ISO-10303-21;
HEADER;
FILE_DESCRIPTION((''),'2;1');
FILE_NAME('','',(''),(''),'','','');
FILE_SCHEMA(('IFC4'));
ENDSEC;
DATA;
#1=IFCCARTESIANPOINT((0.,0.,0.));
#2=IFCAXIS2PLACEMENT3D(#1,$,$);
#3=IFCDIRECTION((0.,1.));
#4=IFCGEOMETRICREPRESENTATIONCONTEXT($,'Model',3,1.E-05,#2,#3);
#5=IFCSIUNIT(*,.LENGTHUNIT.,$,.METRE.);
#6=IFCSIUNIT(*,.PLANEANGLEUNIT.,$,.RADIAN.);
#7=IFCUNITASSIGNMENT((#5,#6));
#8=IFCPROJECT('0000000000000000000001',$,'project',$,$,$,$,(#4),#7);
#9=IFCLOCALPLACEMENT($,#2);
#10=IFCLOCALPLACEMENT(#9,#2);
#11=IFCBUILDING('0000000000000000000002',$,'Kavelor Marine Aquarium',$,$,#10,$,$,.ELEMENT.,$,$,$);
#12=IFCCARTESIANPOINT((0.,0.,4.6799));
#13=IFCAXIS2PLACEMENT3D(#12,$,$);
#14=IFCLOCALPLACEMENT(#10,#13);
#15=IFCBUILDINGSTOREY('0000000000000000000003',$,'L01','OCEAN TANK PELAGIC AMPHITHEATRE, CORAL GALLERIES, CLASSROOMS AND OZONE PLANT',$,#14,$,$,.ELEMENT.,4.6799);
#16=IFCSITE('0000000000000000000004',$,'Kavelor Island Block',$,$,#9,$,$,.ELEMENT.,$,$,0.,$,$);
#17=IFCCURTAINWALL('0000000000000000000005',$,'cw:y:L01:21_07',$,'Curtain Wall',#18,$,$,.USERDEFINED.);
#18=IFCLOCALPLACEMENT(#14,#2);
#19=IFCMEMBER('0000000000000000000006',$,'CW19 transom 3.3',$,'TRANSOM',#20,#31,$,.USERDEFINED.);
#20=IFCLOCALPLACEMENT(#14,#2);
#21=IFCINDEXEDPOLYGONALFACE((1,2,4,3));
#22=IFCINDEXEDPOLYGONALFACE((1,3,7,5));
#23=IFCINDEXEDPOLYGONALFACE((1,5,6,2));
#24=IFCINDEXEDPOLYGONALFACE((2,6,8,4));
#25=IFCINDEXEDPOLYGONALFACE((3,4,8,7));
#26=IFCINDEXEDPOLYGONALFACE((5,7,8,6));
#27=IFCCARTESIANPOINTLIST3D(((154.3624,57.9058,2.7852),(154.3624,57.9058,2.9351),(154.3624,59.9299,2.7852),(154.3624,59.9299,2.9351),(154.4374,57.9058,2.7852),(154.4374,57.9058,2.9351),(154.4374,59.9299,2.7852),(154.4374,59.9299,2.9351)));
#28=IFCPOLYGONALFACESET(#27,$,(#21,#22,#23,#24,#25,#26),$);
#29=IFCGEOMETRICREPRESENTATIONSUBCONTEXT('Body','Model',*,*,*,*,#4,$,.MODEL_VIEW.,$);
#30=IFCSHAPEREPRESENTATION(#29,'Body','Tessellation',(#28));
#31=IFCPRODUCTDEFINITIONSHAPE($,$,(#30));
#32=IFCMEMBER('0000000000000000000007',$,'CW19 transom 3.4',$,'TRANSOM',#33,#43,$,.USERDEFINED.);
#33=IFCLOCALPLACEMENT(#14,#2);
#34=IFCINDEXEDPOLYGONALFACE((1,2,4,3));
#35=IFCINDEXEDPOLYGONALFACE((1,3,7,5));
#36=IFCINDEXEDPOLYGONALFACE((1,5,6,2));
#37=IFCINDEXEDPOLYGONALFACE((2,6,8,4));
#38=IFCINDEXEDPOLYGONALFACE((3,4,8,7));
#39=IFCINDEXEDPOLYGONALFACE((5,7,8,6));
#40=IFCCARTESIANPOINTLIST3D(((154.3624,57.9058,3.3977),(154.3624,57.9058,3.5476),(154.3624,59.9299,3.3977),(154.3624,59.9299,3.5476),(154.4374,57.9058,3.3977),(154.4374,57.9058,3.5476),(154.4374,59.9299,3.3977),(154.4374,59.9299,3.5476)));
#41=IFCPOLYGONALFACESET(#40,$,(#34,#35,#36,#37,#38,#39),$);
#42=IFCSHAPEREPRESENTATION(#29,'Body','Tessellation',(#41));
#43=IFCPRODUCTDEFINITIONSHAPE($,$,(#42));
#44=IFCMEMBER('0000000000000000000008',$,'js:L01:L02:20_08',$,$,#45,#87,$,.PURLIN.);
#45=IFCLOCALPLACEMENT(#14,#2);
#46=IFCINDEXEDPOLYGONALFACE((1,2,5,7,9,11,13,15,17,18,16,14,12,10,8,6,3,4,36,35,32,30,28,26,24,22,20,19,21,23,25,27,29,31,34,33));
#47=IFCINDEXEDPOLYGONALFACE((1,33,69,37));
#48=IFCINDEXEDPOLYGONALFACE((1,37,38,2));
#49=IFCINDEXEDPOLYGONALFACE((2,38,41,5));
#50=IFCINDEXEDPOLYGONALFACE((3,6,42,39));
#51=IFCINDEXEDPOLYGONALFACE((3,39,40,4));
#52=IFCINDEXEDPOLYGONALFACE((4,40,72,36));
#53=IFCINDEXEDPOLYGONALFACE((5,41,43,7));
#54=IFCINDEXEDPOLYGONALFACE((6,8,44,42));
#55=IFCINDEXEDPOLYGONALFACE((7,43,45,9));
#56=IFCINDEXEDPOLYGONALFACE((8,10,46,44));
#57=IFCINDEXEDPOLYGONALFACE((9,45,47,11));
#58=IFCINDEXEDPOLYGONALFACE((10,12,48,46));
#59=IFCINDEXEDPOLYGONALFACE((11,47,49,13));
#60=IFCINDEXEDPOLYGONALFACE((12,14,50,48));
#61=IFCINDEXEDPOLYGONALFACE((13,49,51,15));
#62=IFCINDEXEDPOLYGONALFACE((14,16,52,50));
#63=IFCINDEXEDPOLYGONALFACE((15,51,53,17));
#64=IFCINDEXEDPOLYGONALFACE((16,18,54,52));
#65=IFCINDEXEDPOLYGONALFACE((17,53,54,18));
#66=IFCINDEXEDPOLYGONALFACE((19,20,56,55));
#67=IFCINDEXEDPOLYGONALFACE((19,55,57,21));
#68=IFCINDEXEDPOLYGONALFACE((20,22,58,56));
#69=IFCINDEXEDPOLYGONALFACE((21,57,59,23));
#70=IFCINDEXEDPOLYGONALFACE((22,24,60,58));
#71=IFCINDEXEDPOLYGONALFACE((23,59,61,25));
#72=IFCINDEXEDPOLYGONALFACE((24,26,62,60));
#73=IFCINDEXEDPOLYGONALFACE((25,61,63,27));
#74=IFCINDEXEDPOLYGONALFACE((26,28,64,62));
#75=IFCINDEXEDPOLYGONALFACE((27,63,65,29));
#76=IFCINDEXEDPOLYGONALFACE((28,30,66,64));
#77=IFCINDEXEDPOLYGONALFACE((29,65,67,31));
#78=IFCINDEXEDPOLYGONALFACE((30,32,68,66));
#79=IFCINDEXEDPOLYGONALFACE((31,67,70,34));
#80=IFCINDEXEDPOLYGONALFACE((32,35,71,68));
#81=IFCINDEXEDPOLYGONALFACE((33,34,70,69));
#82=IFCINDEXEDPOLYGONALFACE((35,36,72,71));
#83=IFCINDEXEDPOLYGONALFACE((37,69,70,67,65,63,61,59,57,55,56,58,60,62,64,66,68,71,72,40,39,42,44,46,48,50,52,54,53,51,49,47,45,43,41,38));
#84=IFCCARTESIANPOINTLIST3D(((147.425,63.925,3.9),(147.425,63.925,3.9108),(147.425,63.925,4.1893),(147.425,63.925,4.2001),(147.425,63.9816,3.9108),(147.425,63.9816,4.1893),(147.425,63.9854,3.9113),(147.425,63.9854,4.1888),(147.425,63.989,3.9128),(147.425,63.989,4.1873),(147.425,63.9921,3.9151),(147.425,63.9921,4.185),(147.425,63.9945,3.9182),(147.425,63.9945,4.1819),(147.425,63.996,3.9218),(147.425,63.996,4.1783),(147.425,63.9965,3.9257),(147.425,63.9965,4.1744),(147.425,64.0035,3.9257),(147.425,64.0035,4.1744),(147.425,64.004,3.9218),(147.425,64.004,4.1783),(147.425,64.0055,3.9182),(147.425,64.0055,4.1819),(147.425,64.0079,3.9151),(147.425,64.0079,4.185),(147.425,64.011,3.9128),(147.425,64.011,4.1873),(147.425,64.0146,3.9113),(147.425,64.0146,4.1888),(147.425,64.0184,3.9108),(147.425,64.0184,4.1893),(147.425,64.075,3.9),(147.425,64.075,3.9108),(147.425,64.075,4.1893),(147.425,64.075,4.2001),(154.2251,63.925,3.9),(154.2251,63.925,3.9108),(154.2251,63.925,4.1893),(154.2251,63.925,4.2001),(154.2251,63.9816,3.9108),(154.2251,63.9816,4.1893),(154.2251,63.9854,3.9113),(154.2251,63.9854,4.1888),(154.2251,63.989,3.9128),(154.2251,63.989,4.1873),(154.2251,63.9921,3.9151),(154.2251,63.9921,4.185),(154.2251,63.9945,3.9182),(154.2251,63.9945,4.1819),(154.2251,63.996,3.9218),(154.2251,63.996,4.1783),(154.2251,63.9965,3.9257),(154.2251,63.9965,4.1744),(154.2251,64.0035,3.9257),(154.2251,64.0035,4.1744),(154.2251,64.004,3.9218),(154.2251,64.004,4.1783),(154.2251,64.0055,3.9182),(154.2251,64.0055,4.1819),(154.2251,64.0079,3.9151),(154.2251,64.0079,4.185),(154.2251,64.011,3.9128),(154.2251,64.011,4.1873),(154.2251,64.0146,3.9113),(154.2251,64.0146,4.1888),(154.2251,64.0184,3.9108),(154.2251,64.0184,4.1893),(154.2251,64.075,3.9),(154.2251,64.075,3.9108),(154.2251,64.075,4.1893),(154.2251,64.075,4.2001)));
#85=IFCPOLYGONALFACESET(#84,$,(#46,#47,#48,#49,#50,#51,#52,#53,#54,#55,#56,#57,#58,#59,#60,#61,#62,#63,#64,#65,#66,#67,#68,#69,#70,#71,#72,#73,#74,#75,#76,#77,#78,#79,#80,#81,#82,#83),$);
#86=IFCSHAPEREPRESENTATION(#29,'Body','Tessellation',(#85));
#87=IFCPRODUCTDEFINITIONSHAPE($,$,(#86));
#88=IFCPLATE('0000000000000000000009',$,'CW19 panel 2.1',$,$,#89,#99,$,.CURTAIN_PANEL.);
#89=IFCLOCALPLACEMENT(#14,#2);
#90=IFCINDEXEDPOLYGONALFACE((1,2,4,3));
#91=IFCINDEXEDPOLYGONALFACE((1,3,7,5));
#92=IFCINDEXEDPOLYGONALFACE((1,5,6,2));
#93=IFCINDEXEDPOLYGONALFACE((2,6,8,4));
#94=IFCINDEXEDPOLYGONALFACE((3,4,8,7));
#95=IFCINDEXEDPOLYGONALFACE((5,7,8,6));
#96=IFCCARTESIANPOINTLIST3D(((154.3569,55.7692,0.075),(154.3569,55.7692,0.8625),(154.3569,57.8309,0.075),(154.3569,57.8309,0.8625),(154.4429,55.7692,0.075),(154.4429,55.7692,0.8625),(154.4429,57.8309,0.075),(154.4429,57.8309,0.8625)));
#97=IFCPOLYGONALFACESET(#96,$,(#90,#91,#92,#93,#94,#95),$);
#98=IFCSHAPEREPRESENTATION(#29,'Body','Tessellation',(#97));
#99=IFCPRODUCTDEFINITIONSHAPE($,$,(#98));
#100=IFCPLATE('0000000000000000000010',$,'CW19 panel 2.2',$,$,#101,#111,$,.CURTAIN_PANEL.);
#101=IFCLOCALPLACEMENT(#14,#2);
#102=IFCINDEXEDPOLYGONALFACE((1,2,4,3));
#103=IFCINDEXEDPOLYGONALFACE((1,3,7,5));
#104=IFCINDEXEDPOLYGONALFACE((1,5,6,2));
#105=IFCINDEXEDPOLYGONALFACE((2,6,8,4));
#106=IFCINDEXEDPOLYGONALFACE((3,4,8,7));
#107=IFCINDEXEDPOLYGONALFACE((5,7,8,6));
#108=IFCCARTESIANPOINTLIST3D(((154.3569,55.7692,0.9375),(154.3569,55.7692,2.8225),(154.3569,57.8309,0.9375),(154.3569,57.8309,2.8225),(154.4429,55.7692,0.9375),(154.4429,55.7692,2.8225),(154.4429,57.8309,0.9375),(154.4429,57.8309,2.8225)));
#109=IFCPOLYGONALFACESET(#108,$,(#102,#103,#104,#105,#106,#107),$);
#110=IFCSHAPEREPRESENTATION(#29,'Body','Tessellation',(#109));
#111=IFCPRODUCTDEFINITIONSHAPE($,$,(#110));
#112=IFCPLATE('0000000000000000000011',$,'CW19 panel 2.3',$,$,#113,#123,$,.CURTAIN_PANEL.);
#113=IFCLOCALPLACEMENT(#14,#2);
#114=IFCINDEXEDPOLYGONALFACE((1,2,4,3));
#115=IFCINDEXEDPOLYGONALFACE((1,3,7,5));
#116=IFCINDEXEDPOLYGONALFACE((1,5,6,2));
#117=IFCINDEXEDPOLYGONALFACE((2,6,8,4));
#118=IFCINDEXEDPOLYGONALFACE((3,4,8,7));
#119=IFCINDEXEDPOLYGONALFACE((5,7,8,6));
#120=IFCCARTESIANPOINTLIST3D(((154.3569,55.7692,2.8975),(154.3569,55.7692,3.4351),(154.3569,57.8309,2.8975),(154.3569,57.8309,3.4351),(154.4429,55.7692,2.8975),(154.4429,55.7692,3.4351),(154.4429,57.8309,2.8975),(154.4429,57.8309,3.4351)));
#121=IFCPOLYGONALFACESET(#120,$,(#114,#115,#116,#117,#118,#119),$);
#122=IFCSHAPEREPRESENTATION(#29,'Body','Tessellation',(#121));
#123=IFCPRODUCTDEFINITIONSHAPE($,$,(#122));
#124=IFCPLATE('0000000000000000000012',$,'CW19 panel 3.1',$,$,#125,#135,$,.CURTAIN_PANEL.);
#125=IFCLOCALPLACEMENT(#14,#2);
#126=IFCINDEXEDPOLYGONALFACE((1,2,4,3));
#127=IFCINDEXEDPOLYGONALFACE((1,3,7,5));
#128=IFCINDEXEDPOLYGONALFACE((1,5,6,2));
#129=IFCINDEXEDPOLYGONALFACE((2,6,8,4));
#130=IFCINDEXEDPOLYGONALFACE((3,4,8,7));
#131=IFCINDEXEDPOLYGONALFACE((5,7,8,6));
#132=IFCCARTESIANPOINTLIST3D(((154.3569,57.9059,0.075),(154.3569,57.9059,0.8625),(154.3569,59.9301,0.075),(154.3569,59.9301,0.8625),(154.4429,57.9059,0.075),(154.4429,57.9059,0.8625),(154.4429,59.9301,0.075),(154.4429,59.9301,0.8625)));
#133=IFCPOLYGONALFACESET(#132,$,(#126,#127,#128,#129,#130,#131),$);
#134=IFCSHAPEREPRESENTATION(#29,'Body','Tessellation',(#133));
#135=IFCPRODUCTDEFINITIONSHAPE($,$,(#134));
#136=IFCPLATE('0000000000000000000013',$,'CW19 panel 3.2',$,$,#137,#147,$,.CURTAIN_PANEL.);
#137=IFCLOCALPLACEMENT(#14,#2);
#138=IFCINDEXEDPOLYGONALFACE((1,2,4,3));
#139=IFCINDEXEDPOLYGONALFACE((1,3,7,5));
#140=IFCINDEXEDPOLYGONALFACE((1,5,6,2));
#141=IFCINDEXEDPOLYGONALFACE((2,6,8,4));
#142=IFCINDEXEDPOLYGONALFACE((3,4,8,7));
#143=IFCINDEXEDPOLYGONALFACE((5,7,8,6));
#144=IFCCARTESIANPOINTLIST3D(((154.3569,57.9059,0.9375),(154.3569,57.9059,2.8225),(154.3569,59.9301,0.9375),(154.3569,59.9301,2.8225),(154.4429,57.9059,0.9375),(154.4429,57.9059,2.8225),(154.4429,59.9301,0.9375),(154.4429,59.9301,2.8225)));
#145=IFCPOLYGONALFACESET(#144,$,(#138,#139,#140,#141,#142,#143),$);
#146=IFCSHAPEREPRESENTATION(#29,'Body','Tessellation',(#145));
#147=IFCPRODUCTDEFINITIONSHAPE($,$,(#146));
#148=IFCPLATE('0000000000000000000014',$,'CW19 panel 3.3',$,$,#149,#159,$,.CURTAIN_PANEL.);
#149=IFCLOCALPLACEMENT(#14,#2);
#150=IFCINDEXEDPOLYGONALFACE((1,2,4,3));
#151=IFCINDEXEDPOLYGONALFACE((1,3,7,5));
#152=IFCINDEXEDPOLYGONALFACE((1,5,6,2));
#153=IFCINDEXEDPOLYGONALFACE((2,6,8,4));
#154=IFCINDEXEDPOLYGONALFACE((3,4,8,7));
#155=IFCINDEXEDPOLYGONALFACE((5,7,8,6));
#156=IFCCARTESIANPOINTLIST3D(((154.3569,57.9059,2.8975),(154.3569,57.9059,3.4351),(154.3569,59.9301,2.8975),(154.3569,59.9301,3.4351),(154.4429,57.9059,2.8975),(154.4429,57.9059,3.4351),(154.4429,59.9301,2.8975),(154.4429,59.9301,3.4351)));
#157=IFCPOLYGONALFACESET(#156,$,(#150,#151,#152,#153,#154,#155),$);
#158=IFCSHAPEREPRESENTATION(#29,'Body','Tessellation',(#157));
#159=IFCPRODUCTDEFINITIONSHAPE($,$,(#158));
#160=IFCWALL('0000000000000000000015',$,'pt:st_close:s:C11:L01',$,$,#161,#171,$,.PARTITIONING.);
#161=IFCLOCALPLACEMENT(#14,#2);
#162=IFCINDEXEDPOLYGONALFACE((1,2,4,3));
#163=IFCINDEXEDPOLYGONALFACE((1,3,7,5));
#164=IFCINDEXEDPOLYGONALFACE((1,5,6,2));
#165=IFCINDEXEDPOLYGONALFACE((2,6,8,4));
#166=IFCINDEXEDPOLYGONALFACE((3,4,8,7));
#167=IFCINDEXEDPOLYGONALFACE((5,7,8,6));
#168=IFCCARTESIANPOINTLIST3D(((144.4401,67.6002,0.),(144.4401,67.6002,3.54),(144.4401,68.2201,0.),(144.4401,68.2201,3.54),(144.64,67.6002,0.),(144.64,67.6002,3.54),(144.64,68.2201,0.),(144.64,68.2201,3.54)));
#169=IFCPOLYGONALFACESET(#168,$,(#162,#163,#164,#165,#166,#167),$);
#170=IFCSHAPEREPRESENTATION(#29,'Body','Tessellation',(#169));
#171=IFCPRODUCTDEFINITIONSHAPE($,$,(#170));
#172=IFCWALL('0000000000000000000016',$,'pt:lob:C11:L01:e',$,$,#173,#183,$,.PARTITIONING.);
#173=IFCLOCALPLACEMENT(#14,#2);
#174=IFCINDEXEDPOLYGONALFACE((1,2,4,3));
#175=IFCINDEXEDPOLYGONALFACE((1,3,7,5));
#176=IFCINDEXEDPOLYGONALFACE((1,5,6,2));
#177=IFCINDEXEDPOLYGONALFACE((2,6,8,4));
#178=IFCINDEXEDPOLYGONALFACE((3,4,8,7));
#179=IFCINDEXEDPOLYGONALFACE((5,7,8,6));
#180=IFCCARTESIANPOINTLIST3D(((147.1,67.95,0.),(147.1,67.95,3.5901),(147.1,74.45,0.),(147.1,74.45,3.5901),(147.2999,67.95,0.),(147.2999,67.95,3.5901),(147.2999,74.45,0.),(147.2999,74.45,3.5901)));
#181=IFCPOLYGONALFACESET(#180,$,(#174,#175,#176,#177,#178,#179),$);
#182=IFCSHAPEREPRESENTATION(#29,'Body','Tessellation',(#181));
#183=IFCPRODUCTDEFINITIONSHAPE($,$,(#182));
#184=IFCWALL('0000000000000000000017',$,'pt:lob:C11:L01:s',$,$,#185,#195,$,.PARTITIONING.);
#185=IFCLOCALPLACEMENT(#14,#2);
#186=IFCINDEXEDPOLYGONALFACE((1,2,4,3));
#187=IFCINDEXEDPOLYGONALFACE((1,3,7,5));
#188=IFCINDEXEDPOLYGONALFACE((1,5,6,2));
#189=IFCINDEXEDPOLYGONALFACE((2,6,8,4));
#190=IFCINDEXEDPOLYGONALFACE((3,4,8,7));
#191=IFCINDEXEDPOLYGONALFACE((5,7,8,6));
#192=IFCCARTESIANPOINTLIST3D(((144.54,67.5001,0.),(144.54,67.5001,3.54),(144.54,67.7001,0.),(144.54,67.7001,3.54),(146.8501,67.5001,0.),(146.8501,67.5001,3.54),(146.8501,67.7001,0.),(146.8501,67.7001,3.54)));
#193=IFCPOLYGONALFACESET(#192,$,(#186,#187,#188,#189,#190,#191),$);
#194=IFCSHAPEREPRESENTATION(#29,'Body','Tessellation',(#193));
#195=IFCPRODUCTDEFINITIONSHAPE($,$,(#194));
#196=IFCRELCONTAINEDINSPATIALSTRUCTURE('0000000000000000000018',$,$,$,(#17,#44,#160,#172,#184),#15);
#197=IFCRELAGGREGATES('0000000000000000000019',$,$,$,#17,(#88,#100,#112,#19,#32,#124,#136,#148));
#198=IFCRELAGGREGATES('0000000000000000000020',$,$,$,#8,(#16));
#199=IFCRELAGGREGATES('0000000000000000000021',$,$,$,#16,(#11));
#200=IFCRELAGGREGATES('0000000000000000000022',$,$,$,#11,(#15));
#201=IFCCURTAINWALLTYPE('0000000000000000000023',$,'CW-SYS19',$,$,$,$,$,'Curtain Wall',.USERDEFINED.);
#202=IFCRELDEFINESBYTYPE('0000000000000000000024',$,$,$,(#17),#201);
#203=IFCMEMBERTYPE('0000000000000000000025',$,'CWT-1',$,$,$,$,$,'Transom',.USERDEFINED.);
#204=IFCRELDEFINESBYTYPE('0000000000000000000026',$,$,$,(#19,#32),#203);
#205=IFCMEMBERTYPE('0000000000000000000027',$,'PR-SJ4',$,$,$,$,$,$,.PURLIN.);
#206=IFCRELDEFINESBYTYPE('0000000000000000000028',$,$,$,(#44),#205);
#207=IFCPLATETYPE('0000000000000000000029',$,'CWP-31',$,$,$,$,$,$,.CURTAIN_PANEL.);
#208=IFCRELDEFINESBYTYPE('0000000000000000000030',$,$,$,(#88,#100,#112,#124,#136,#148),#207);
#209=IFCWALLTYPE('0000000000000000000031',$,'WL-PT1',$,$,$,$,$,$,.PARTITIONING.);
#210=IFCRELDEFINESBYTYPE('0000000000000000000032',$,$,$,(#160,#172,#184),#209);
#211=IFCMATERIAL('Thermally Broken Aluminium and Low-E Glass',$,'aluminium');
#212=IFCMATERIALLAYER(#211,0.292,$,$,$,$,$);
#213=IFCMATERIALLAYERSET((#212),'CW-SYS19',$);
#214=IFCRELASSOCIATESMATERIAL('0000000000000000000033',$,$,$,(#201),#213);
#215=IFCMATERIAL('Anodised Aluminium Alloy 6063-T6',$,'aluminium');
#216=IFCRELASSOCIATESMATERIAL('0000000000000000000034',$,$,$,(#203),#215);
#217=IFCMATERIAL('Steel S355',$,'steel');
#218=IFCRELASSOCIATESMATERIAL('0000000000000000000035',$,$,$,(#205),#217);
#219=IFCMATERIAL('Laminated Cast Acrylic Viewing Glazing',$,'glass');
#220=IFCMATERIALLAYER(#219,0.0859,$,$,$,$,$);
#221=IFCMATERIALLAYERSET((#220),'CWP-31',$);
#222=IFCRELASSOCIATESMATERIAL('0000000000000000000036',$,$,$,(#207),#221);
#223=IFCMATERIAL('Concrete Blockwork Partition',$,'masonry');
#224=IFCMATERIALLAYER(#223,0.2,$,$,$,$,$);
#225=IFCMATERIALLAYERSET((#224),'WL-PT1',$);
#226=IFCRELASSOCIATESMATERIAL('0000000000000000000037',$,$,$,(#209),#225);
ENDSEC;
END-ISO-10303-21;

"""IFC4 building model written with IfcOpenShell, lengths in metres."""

from ifc_helpers import new_model, si_unit, direction, frame, frame_2d, origin, origin_2d, place, context, subcontext, project, spatial, rectangle, i_section, extrude, material, layer, layer_set, material_profile, profile_set, type_object, element, aggregate, save


model = new_model("IFC4")

# Units and contexts
model_context = context("Model", 3, precision=1e-05, world=origin(), true_north=direction((0.0, 1.0)))
body_context = subcontext(model_context, "Body", "Model", "MODEL_VIEW")
ifc_project = project(units=[si_unit("LENGTHUNIT", "METRE"), si_unit("PLANEANGLEUNIT", "RADIAN")], contexts=[model_context])

# Site, building, storey
site_placement = place(None, origin())
site = spatial("IfcSite", under=ifc_project, at=site_placement, Name="Kavelor Island Block", CompositionType="ELEMENT", RefElevation=0.0)
building_placement = place(site_placement, origin())
building = spatial("IfcBuilding", under=site, at=building_placement, Name="Kavelor Marine Aquarium", CompositionType="ELEMENT")
storey_placement = place(building_placement, frame((0.0, 0.0, 4.6799)))
storey = spatial("IfcBuildingStorey", under=building, at=storey_placement, Name="L01", Description="OCEAN TANK PELAGIC AMPHITHEATRE, CORAL GALLERIES, CLASSROOMS AND OZONE PLANT", CompositionType="ELEMENT", Elevation=4.6799)

# Curtain wall, members
ifc_material_1 = material(Name="Thermally Broken Aluminium and Low-E Glass", Category="aluminium")
ifc_layer_1 = layer(ifc_material_1, 0.292)
ifc_layer_set_1 = layer_set([ifc_layer_1], Name="CW-SYS19")
curtain_wall_type = type_object("IfcCurtainWallType", Name="CW-SYS19", ElementType="Curtain Wall", PredefinedType="USERDEFINED", material=ifc_layer_set_1)
curtain_wall_placement = place(storey_placement, origin())
curtain_wall = element("IfcCurtainWall", 1, at=curtain_wall_placement, inside=storey, type_object=curtain_wall_type, Name="cw:y:L01:21_07", ObjectType="Curtain Wall", PredefinedType="USERDEFINED")
ifc_material_2 = material(Name="Anodised Aluminium Alloy 6063-T6", Category="aluminium")
ifc_material_profile_1 = material_profile(ifc_material_2, rectangle(XDim=0.075, YDim=0.1499, at=origin_2d()), Name="CW-TRN 75x150")
ifc_profile_set_1 = profile_set([ifc_material_profile_1], Name="Anodised Aluminium Alloy 6063-T6")
member_type_1 = type_object("IfcMemberType", Name="CWT-1", ElementType="Transom", PredefinedType="USERDEFINED", material=ifc_profile_set_1)
member_1_placement = place(storey_placement, frame((154.3999, 57.9058, 2.8601), z_axis=(0.0, 1.0, 0.0), x_axis=(-1.0, 0.0, 0.0)))
member_1 = element("IfcMember", 2, at=member_1_placement, type_object=member_type_1, Name="CW19 transom 3.3", ObjectType="TRANSOM", PredefinedType="USERDEFINED", context=body_context, shape_type="SweptSolid", body=[
    extrude(rectangle(XDim=0.075, YDim=0.1499, at=origin_2d()), origin(), (0.0, 0.0, 1.0), 2.0242),
])
member_2_placement = place(storey_placement, frame((154.3999, 57.9058, 3.4727), z_axis=(0.0, 1.0, 0.0), x_axis=(-1.0, 0.0, 0.0)))
member_2 = element("IfcMember", 3, at=member_2_placement, type_object=member_type_1, Name="CW19 transom 3.4", ObjectType="TRANSOM", PredefinedType="USERDEFINED", context=body_context, shape_type="SweptSolid", body=[
    extrude(rectangle(XDim=0.075, YDim=0.1499, at=origin_2d()), origin(), (0.0, 0.0, 1.0), 2.0242),
])

# Member
ifc_material_3 = material(Name="Steel S355", Category="steel")
ifc_material_profile_2 = material_profile(ifc_material_3, i_section(OverallWidth=0.1499, OverallDepth=0.3, WebThickness=0.0071, FlangeThickness=0.0107, FilletRadius=0.0149, at=origin_2d()), Name="IPE 300")
ifc_profile_set_2 = profile_set([ifc_material_profile_2], Name="Steel S355")
member_type_2 = type_object("IfcMemberType", Name="PR-SJ4", PredefinedType="PURLIN", material=ifc_profile_set_2)
member_3_placement = place(storey_placement, frame((147.425, 64.0, 4.05), z_axis=(1.0, 0.0, 0.0), x_axis=(0.0, 1.0, 0.0)))
element("IfcMember", 4, at=member_3_placement, inside=storey, type_object=member_type_2, Name="js:L01:L02:20_08", PredefinedType="PURLIN", context=body_context, shape_type="SweptSolid", body=[
    extrude(i_section(OverallWidth=0.1499, OverallDepth=0.3, WebThickness=0.0071, FlangeThickness=0.0107, FilletRadius=0.0149, at=origin_2d()), origin(), (0.0, 0.0, 1.0), 6.8),
])

# Plates
ifc_material_4 = material(Name="Laminated Cast Acrylic Viewing Glazing", Category="glass")
ifc_layer_2 = layer(ifc_material_4, 0.0859)
ifc_layer_set_2 = layer_set([ifc_layer_2], Name="CWP-31")
plate_type = type_object("IfcPlateType", Name="CWP-31", PredefinedType="CURTAIN_PANEL", material=ifc_layer_set_2)
plate_1_placement = place(storey_placement, frame((154.3999, 56.8, 0.075), z_axis=(0.0, 0.0, 1.0), x_axis=(0.0, 1.0, 0.0)))
plate_1 = element("IfcPlate", 5, at=plate_1_placement, type_object=plate_type, Name="CW19 panel 2.1", PredefinedType="CURTAIN_PANEL", context=body_context, shape_type="SweptSolid", body=[
    extrude(rectangle(XDim=2.0618, YDim=0.0859, at=origin_2d()), origin(), (0.0, 0.0, 1.0), 0.7876),
])
plate_2_placement = place(storey_placement, frame((154.3999, 56.8, 0.9375), z_axis=(0.0, 0.0, 1.0), x_axis=(0.0, 1.0, 0.0)))
plate_2 = element("IfcPlate", 6, at=plate_2_placement, type_object=plate_type, Name="CW19 panel 2.2", PredefinedType="CURTAIN_PANEL", context=body_context, shape_type="SweptSolid", body=[
    extrude(rectangle(XDim=2.0618, YDim=0.0859, at=origin_2d()), origin(), (0.0, 0.0, 1.0), 1.885),
])
plate_3_placement = place(storey_placement, frame((154.3999, 56.8, 2.8975), z_axis=(0.0, 0.0, 1.0), x_axis=(0.0, 1.0, 0.0)))
plate_3 = element("IfcPlate", 7, at=plate_3_placement, type_object=plate_type, Name="CW19 panel 2.3", PredefinedType="CURTAIN_PANEL", context=body_context, shape_type="SweptSolid", body=[
    extrude(rectangle(XDim=2.0618, YDim=0.0859, at=origin_2d()), origin(), (0.0, 0.0, 1.0), 0.5376),
])
plate_4_placement = place(storey_placement, frame((154.3999, 58.918, 0.075), z_axis=(0.0, 0.0, 1.0), x_axis=(0.0, 1.0, 0.0)))
plate_4 = element("IfcPlate", 8, at=plate_4_placement, type_object=plate_type, Name="CW19 panel 3.1", PredefinedType="CURTAIN_PANEL", context=body_context, shape_type="SweptSolid", body=[
    extrude(rectangle(XDim=2.0242, YDim=0.0859, at=origin_2d()), origin(), (0.0, 0.0, 1.0), 0.7876),
])
plate_5_placement = place(storey_placement, frame((154.3999, 58.918, 0.9375), z_axis=(0.0, 0.0, 1.0), x_axis=(0.0, 1.0, 0.0)))
plate_5 = element("IfcPlate", 9, at=plate_5_placement, type_object=plate_type, Name="CW19 panel 3.2", PredefinedType="CURTAIN_PANEL", context=body_context, shape_type="SweptSolid", body=[
    extrude(rectangle(XDim=2.0242, YDim=0.0859, at=origin_2d()), origin(), (0.0, 0.0, 1.0), 1.885),
])
plate_6_placement = place(storey_placement, frame((154.3999, 58.918, 2.8975), z_axis=(0.0, 0.0, 1.0), x_axis=(0.0, 1.0, 0.0)))
plate_6 = element("IfcPlate", 10, at=plate_6_placement, type_object=plate_type, Name="CW19 panel 3.3", PredefinedType="CURTAIN_PANEL", context=body_context, shape_type="SweptSolid", body=[
    extrude(rectangle(XDim=2.0242, YDim=0.0859, at=origin_2d()), origin(), (0.0, 0.0, 1.0), 0.5376),
])
aggregate(curtain_wall, [plate_1, plate_2, plate_3, member_1, member_2, plate_4, plate_5, plate_6])

# Walls
ifc_material_5 = material(Name="Concrete Blockwork Partition", Category="masonry")
ifc_layer_3 = layer(ifc_material_5, 0.2)
ifc_layer_set_3 = layer_set([ifc_layer_3], Name="WL-PT1")
wall_type_1 = type_object("IfcWallType", Name="WL-PT1", PredefinedType="PARTITIONING", material=ifc_layer_set_3)
wall_1_placement = place(storey_placement, frame((144.54, 67.6001, 0.0), z_axis=(0.0, 0.0, 1.0), x_axis=(0.0, 1.0, 0.0)))
element("IfcWall", 11, at=wall_1_placement, inside=storey, type_object=wall_type_1, Name="pt:st_close:s:C11:L01", PredefinedType="PARTITIONING", context=body_context, shape_type="SweptSolid", body=[
    extrude(rectangle(XDim=0.6199, YDim=0.2, at=frame_2d((0.3101, 0.0))), origin(), (0.0, 0.0, 1.0), 3.54),
])
wall_2_placement = place(storey_placement, frame((147.2, 67.95, 0.0), z_axis=(0.0, 0.0, 1.0), x_axis=(0.0, 1.0, 0.0)))
element("IfcWall", 12, at=wall_2_placement, inside=storey, type_object=wall_type_1, Name="pt:lob:C11:L01:e", PredefinedType="PARTITIONING", context=body_context, shape_type="SweptSolid", body=[
    extrude(rectangle(XDim=6.5, YDim=0.2, at=frame_2d((3.25, 0.0))), origin(), (0.0, 0.0, 1.0), 3.5901),
])
wall_3_placement = place(storey_placement, frame((144.54, 67.6001, 0.0), z_axis=(0.0, 0.0, 1.0), x_axis=(1.0, 0.0, 0.0)))
element("IfcWall", 13, at=wall_3_placement, inside=storey, type_object=wall_type_1, Name="pt:lob:C11:L01:s", PredefinedType="PARTITIONING", context=body_context, shape_type="SweptSolid", body=[
    extrude(rectangle(XDim=2.3101, YDim=0.2, at=frame_2d((1.155, 0.0))), origin(), (0.0, 0.0, 1.0), 3.54),
])

save(model, "model.ifc")
